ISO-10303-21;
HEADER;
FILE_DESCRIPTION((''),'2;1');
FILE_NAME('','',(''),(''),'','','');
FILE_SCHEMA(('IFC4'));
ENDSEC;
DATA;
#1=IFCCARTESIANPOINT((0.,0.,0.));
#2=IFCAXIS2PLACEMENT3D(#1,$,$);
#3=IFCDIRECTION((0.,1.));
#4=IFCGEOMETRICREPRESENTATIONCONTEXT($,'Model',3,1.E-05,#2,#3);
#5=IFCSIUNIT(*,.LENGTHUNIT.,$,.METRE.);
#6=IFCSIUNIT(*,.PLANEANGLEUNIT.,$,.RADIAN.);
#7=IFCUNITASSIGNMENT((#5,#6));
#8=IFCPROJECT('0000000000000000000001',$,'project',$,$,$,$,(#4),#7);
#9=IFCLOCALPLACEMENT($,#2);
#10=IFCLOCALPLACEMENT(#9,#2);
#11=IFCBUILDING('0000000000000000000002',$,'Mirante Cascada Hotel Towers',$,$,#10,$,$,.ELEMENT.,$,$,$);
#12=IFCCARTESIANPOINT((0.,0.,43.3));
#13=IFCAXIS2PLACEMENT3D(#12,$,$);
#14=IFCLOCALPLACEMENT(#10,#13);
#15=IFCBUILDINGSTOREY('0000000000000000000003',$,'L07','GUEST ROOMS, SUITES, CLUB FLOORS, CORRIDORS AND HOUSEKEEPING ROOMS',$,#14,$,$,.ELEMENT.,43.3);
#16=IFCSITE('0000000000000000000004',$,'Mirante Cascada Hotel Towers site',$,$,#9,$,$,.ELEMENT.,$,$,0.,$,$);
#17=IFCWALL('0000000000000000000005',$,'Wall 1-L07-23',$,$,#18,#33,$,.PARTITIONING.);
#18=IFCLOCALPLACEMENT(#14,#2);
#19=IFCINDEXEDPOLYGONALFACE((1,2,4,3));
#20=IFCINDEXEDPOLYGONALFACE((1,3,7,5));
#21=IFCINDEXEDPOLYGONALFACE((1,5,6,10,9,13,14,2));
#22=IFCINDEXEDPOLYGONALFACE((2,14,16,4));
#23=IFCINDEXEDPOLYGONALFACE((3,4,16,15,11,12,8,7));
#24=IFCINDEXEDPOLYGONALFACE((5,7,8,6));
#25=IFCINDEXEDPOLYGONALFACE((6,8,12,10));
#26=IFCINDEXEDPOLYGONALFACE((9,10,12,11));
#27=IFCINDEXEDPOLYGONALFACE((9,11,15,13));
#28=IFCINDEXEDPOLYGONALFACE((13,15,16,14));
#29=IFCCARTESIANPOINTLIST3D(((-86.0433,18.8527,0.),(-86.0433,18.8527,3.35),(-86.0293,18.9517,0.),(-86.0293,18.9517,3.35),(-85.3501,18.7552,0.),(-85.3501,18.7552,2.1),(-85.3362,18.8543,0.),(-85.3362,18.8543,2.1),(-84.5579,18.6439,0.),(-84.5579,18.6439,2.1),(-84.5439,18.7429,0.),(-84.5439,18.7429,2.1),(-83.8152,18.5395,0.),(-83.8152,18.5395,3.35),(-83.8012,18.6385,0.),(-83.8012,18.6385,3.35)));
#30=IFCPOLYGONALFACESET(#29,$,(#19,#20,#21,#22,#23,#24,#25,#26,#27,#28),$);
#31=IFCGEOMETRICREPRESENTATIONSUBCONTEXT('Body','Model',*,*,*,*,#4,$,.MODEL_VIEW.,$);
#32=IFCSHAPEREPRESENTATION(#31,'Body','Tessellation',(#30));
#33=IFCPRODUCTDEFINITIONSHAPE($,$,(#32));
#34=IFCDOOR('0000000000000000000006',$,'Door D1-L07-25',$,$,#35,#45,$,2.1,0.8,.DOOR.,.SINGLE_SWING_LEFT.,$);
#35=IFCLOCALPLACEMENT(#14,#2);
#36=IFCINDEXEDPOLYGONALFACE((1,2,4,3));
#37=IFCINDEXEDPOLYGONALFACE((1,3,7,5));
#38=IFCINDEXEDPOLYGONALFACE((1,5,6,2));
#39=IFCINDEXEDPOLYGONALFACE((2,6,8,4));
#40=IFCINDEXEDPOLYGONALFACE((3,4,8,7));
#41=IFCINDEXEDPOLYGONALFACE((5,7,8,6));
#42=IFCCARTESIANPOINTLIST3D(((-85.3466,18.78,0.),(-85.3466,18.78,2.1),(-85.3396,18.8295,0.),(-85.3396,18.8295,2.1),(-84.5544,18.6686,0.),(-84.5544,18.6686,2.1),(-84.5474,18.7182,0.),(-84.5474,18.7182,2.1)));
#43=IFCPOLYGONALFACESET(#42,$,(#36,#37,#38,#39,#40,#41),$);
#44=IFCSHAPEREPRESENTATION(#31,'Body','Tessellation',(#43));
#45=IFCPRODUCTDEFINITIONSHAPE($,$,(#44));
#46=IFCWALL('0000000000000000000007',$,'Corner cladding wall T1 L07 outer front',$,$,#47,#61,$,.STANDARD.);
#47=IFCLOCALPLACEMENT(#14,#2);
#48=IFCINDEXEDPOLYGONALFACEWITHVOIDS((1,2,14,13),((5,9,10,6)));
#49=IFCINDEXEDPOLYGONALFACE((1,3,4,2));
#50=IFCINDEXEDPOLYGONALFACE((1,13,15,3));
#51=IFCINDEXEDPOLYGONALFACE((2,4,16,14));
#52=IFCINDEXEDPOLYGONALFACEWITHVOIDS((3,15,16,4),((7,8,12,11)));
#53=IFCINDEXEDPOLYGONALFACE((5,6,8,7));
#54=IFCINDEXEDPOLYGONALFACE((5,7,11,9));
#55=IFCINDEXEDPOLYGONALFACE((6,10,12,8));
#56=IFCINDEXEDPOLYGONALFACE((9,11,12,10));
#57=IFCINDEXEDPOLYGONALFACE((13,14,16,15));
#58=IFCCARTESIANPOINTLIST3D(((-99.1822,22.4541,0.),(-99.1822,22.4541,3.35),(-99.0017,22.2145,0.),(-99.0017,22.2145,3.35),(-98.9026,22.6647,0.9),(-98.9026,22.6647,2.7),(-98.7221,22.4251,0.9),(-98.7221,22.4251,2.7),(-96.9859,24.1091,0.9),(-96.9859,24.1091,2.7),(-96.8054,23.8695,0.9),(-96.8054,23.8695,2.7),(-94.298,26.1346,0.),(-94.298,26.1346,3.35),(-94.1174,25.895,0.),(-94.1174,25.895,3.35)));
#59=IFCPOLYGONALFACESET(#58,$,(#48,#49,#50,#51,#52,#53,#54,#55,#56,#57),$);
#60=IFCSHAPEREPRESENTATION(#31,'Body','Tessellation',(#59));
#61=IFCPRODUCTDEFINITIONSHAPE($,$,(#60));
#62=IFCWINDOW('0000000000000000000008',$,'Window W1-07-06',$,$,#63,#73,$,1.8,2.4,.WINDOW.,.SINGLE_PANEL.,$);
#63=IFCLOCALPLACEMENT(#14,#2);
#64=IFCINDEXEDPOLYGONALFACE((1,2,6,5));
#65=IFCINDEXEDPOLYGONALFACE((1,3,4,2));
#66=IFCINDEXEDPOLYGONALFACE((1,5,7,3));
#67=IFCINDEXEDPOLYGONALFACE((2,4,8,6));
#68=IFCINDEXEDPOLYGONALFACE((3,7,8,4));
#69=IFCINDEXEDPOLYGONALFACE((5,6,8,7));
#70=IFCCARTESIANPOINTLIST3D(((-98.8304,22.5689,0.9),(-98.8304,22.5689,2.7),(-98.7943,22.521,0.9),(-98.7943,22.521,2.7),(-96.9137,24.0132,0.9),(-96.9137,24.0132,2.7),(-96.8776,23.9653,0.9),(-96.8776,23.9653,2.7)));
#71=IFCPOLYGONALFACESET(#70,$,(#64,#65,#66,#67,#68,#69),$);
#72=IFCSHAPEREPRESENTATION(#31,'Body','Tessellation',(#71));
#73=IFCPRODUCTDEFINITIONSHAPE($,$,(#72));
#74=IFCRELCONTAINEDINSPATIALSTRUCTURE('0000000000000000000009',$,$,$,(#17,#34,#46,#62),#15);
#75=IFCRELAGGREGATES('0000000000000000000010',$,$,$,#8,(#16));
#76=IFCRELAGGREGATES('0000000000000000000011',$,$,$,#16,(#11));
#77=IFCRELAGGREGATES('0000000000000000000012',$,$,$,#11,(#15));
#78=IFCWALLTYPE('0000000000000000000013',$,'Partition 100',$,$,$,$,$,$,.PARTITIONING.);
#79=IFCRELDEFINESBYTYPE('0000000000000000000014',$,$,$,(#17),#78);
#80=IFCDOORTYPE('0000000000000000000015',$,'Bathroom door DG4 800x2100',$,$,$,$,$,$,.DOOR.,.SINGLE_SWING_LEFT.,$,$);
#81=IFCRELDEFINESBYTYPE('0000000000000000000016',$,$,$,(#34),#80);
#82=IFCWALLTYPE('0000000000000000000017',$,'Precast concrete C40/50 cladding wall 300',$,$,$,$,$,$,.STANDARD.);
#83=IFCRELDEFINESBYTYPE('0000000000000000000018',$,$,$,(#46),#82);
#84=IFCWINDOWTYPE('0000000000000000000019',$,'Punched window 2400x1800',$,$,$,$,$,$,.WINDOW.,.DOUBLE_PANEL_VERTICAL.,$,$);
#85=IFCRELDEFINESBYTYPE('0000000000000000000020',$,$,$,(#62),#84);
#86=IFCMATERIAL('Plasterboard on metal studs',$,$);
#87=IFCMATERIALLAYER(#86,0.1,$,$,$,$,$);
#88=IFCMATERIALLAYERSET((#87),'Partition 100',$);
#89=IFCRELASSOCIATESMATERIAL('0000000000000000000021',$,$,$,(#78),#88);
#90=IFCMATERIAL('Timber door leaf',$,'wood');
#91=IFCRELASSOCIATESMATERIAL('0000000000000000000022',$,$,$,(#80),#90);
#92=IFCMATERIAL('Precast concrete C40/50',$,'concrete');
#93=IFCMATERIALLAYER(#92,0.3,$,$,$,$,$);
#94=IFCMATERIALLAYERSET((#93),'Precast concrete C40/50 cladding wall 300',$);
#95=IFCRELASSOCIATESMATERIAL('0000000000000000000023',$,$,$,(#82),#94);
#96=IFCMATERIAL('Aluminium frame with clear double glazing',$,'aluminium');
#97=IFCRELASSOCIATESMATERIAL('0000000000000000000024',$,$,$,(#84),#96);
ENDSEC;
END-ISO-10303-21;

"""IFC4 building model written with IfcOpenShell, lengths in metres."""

from ifc_helpers import new_model, si_unit, direction, frame, frame_2d, origin, place, context, subcontext, project, spatial, rectangle, extrude, material, layer, layer_set, type_object, element, fill, save


model = new_model("IFC4")

# Units and contexts
model_context = context("Model", 3, precision=1e-05, world=origin(), true_north=direction((0.0, 1.0)))
body_context = subcontext(model_context, "Body", "Model", "MODEL_VIEW")
ifc_project = project(units=[si_unit("LENGTHUNIT", "METRE"), si_unit("PLANEANGLEUNIT", "RADIAN")], contexts=[model_context])

# Site, building, storey
site_placement = place(None, origin())
site = spatial("IfcSite", under=ifc_project, at=site_placement, Name="Mirante Cascada Hotel Towers site", CompositionType="ELEMENT", RefElevation=0.0)
building_placement = place(site_placement, origin())
building = spatial("IfcBuilding", under=site, at=building_placement, Name="Mirante Cascada Hotel Towers", CompositionType="ELEMENT")
storey_placement = place(building_placement, frame((0.0, 0.0, 43.3)))
storey = spatial("IfcBuildingStorey", under=building, at=storey_placement, Name="L07", Description="GUEST ROOMS, SUITES, CLUB FLOORS, CORRIDORS AND HOUSEKEEPING ROOMS", CompositionType="ELEMENT", Elevation=43.3)

# Wall, opening, door
ifc_material_1 = material(Name="Plasterboard on metal studs")
ifc_layer_1 = layer(ifc_material_1, 0.1)
ifc_layer_set_1 = layer_set([ifc_layer_1], Name="Partition 100")
wall_type_1 = type_object("IfcWallType", Name="Partition 100", PredefinedType="PARTITIONING", material=ifc_layer_set_1)
wall_1_placement = place(storey_placement, frame((-86.0363, 18.9022, 0.0), z_axis=(0.0, 0.0, 1.0), x_axis=(0.990264, -0.1392, 0.0)))
wall_1 = element("IfcWall", 1, at=wall_1_placement, inside=storey, type_object=wall_type_1, Name="Wall 1-L07-23", PredefinedType="PARTITIONING", context=body_context, shape_type="SweptSolid", body=[
    extrude(rectangle(XDim=2.25, YDim=0.1, at=frame_2d((1.125, 0.0))), origin(), (0.0, 0.0, 1.0), 3.35),
])
opening_1_placement = place(wall_1_placement, frame((0.7, 0.0, 0.0)))
opening_1 = element("IfcOpeningElement", 2, at=opening_1_placement, cuts=wall_1, PredefinedType="OPENING", context=body_context, shape_type="SweptSolid", body=[
    extrude(rectangle(XDim=0.8, YDim=2.1, at=frame_2d((0.4, 1.05))), frame((0.0, 0.05, 0.0), z_axis=(0.0, -1.0, 0.0), x_axis=(1.0, 0.0, 0.0)), (0.0, 0.0, 1.0), 0.1),
])
ifc_material_2 = material(Name="Timber door leaf", Category="wood")
door_type = type_object("IfcDoorType", Name="Bathroom door DG4 800x2100", OperationType="SINGLE_SWING_LEFT", PredefinedType="DOOR", material=ifc_material_2)
door_placement = place(opening_1_placement, origin())
door = element("IfcDoor", 3, at=door_placement, inside=storey, type_object=door_type, Name="Door D1-L07-25", OperationType="SINGLE_SWING_LEFT", OverallHeight=2.1, OverallWidth=0.8, PredefinedType="DOOR", context=body_context, shape_type="SweptSolid", body=[
    extrude(rectangle(XDim=0.8, YDim=2.1, at=frame_2d((0.4, 1.05))), frame((0.0, 0.025, 0.0), z_axis=(0.0, -1.0, 0.0), x_axis=(1.0, 0.0, 0.0)), (0.0, 0.0, 1.0), 0.05),
])
fill(opening_1, door)

# Wall, opening, window
ifc_material_3 = material(Name="Precast concrete C40/50", Category="concrete")
ifc_layer_2 = layer(ifc_material_3, 0.3)
ifc_layer_set_2 = layer_set([ifc_layer_2], Name="Precast concrete C40/50 cladding wall 300")
wall_type_2 = type_object("IfcWallType", Name="Precast concrete C40/50 cladding wall 300", PredefinedType="STANDARD", material=ifc_layer_set_2)
wall_2_placement = place(storey_placement, frame((-99.0919, 22.3343, 0.0), z_axis=(0.0, 0.0, 1.0), x_axis=(0.798636, 0.601814, 0.0)))
wall_2 = element("IfcWall", 4, at=wall_2_placement, inside=storey, type_object=wall_type_2, Name="Corner cladding wall T1 L07 outer front", PredefinedType="STANDARD", context=body_context, shape_type="SweptSolid", body=[
    extrude(rectangle(XDim=6.1157, YDim=0.3, at=frame_2d((3.0578, 0.0))), origin(), (0.0, 0.0, 1.0), 3.35),
])
opening_2_placement = place(wall_2_placement, frame((0.35, 0.0, 0.9)))
opening_2 = element("IfcOpeningElement", 5, at=opening_2_placement, cuts=wall_2, PredefinedType="OPENING", context=body_context, shape_type="SweptSolid", body=[
    extrude(rectangle(XDim=2.4, YDim=1.8, at=frame_2d((1.2, 0.9))), frame((0.0, 0.15, 0.0), z_axis=(0.0, -1.0, 0.0), x_axis=(1.0, 0.0, 0.0)), (0.0, 0.0, 1.0), 0.3),
])
ifc_material_4 = material(Name="Aluminium frame with clear double glazing", Category="aluminium")
window_type = type_object("IfcWindowType", Name="Punched window 2400x1800", PartitioningType="DOUBLE_PANEL_VERTICAL", PredefinedType="WINDOW", material=ifc_material_4)
window_placement = place(opening_2_placement, origin())
window = element("IfcWindow", 6, at=window_placement, inside=storey, type_object=window_type, Name="Window W1-07-06", OverallHeight=1.8, OverallWidth=2.4, PartitioningType="SINGLE_PANEL", PredefinedType="WINDOW", context=body_context, shape_type="SweptSolid", body=[
    extrude(rectangle(XDim=2.4, YDim=1.8, at=frame_2d((1.2, 0.9))), frame((0.0, 0.03, 0.0), z_axis=(0.0, -1.0, 0.0), x_axis=(1.0, 0.0, 0.0)), (0.0, 0.0, 1.0), 0.06),
])
fill(opening_2, window)

save(model, "model.ifc")
